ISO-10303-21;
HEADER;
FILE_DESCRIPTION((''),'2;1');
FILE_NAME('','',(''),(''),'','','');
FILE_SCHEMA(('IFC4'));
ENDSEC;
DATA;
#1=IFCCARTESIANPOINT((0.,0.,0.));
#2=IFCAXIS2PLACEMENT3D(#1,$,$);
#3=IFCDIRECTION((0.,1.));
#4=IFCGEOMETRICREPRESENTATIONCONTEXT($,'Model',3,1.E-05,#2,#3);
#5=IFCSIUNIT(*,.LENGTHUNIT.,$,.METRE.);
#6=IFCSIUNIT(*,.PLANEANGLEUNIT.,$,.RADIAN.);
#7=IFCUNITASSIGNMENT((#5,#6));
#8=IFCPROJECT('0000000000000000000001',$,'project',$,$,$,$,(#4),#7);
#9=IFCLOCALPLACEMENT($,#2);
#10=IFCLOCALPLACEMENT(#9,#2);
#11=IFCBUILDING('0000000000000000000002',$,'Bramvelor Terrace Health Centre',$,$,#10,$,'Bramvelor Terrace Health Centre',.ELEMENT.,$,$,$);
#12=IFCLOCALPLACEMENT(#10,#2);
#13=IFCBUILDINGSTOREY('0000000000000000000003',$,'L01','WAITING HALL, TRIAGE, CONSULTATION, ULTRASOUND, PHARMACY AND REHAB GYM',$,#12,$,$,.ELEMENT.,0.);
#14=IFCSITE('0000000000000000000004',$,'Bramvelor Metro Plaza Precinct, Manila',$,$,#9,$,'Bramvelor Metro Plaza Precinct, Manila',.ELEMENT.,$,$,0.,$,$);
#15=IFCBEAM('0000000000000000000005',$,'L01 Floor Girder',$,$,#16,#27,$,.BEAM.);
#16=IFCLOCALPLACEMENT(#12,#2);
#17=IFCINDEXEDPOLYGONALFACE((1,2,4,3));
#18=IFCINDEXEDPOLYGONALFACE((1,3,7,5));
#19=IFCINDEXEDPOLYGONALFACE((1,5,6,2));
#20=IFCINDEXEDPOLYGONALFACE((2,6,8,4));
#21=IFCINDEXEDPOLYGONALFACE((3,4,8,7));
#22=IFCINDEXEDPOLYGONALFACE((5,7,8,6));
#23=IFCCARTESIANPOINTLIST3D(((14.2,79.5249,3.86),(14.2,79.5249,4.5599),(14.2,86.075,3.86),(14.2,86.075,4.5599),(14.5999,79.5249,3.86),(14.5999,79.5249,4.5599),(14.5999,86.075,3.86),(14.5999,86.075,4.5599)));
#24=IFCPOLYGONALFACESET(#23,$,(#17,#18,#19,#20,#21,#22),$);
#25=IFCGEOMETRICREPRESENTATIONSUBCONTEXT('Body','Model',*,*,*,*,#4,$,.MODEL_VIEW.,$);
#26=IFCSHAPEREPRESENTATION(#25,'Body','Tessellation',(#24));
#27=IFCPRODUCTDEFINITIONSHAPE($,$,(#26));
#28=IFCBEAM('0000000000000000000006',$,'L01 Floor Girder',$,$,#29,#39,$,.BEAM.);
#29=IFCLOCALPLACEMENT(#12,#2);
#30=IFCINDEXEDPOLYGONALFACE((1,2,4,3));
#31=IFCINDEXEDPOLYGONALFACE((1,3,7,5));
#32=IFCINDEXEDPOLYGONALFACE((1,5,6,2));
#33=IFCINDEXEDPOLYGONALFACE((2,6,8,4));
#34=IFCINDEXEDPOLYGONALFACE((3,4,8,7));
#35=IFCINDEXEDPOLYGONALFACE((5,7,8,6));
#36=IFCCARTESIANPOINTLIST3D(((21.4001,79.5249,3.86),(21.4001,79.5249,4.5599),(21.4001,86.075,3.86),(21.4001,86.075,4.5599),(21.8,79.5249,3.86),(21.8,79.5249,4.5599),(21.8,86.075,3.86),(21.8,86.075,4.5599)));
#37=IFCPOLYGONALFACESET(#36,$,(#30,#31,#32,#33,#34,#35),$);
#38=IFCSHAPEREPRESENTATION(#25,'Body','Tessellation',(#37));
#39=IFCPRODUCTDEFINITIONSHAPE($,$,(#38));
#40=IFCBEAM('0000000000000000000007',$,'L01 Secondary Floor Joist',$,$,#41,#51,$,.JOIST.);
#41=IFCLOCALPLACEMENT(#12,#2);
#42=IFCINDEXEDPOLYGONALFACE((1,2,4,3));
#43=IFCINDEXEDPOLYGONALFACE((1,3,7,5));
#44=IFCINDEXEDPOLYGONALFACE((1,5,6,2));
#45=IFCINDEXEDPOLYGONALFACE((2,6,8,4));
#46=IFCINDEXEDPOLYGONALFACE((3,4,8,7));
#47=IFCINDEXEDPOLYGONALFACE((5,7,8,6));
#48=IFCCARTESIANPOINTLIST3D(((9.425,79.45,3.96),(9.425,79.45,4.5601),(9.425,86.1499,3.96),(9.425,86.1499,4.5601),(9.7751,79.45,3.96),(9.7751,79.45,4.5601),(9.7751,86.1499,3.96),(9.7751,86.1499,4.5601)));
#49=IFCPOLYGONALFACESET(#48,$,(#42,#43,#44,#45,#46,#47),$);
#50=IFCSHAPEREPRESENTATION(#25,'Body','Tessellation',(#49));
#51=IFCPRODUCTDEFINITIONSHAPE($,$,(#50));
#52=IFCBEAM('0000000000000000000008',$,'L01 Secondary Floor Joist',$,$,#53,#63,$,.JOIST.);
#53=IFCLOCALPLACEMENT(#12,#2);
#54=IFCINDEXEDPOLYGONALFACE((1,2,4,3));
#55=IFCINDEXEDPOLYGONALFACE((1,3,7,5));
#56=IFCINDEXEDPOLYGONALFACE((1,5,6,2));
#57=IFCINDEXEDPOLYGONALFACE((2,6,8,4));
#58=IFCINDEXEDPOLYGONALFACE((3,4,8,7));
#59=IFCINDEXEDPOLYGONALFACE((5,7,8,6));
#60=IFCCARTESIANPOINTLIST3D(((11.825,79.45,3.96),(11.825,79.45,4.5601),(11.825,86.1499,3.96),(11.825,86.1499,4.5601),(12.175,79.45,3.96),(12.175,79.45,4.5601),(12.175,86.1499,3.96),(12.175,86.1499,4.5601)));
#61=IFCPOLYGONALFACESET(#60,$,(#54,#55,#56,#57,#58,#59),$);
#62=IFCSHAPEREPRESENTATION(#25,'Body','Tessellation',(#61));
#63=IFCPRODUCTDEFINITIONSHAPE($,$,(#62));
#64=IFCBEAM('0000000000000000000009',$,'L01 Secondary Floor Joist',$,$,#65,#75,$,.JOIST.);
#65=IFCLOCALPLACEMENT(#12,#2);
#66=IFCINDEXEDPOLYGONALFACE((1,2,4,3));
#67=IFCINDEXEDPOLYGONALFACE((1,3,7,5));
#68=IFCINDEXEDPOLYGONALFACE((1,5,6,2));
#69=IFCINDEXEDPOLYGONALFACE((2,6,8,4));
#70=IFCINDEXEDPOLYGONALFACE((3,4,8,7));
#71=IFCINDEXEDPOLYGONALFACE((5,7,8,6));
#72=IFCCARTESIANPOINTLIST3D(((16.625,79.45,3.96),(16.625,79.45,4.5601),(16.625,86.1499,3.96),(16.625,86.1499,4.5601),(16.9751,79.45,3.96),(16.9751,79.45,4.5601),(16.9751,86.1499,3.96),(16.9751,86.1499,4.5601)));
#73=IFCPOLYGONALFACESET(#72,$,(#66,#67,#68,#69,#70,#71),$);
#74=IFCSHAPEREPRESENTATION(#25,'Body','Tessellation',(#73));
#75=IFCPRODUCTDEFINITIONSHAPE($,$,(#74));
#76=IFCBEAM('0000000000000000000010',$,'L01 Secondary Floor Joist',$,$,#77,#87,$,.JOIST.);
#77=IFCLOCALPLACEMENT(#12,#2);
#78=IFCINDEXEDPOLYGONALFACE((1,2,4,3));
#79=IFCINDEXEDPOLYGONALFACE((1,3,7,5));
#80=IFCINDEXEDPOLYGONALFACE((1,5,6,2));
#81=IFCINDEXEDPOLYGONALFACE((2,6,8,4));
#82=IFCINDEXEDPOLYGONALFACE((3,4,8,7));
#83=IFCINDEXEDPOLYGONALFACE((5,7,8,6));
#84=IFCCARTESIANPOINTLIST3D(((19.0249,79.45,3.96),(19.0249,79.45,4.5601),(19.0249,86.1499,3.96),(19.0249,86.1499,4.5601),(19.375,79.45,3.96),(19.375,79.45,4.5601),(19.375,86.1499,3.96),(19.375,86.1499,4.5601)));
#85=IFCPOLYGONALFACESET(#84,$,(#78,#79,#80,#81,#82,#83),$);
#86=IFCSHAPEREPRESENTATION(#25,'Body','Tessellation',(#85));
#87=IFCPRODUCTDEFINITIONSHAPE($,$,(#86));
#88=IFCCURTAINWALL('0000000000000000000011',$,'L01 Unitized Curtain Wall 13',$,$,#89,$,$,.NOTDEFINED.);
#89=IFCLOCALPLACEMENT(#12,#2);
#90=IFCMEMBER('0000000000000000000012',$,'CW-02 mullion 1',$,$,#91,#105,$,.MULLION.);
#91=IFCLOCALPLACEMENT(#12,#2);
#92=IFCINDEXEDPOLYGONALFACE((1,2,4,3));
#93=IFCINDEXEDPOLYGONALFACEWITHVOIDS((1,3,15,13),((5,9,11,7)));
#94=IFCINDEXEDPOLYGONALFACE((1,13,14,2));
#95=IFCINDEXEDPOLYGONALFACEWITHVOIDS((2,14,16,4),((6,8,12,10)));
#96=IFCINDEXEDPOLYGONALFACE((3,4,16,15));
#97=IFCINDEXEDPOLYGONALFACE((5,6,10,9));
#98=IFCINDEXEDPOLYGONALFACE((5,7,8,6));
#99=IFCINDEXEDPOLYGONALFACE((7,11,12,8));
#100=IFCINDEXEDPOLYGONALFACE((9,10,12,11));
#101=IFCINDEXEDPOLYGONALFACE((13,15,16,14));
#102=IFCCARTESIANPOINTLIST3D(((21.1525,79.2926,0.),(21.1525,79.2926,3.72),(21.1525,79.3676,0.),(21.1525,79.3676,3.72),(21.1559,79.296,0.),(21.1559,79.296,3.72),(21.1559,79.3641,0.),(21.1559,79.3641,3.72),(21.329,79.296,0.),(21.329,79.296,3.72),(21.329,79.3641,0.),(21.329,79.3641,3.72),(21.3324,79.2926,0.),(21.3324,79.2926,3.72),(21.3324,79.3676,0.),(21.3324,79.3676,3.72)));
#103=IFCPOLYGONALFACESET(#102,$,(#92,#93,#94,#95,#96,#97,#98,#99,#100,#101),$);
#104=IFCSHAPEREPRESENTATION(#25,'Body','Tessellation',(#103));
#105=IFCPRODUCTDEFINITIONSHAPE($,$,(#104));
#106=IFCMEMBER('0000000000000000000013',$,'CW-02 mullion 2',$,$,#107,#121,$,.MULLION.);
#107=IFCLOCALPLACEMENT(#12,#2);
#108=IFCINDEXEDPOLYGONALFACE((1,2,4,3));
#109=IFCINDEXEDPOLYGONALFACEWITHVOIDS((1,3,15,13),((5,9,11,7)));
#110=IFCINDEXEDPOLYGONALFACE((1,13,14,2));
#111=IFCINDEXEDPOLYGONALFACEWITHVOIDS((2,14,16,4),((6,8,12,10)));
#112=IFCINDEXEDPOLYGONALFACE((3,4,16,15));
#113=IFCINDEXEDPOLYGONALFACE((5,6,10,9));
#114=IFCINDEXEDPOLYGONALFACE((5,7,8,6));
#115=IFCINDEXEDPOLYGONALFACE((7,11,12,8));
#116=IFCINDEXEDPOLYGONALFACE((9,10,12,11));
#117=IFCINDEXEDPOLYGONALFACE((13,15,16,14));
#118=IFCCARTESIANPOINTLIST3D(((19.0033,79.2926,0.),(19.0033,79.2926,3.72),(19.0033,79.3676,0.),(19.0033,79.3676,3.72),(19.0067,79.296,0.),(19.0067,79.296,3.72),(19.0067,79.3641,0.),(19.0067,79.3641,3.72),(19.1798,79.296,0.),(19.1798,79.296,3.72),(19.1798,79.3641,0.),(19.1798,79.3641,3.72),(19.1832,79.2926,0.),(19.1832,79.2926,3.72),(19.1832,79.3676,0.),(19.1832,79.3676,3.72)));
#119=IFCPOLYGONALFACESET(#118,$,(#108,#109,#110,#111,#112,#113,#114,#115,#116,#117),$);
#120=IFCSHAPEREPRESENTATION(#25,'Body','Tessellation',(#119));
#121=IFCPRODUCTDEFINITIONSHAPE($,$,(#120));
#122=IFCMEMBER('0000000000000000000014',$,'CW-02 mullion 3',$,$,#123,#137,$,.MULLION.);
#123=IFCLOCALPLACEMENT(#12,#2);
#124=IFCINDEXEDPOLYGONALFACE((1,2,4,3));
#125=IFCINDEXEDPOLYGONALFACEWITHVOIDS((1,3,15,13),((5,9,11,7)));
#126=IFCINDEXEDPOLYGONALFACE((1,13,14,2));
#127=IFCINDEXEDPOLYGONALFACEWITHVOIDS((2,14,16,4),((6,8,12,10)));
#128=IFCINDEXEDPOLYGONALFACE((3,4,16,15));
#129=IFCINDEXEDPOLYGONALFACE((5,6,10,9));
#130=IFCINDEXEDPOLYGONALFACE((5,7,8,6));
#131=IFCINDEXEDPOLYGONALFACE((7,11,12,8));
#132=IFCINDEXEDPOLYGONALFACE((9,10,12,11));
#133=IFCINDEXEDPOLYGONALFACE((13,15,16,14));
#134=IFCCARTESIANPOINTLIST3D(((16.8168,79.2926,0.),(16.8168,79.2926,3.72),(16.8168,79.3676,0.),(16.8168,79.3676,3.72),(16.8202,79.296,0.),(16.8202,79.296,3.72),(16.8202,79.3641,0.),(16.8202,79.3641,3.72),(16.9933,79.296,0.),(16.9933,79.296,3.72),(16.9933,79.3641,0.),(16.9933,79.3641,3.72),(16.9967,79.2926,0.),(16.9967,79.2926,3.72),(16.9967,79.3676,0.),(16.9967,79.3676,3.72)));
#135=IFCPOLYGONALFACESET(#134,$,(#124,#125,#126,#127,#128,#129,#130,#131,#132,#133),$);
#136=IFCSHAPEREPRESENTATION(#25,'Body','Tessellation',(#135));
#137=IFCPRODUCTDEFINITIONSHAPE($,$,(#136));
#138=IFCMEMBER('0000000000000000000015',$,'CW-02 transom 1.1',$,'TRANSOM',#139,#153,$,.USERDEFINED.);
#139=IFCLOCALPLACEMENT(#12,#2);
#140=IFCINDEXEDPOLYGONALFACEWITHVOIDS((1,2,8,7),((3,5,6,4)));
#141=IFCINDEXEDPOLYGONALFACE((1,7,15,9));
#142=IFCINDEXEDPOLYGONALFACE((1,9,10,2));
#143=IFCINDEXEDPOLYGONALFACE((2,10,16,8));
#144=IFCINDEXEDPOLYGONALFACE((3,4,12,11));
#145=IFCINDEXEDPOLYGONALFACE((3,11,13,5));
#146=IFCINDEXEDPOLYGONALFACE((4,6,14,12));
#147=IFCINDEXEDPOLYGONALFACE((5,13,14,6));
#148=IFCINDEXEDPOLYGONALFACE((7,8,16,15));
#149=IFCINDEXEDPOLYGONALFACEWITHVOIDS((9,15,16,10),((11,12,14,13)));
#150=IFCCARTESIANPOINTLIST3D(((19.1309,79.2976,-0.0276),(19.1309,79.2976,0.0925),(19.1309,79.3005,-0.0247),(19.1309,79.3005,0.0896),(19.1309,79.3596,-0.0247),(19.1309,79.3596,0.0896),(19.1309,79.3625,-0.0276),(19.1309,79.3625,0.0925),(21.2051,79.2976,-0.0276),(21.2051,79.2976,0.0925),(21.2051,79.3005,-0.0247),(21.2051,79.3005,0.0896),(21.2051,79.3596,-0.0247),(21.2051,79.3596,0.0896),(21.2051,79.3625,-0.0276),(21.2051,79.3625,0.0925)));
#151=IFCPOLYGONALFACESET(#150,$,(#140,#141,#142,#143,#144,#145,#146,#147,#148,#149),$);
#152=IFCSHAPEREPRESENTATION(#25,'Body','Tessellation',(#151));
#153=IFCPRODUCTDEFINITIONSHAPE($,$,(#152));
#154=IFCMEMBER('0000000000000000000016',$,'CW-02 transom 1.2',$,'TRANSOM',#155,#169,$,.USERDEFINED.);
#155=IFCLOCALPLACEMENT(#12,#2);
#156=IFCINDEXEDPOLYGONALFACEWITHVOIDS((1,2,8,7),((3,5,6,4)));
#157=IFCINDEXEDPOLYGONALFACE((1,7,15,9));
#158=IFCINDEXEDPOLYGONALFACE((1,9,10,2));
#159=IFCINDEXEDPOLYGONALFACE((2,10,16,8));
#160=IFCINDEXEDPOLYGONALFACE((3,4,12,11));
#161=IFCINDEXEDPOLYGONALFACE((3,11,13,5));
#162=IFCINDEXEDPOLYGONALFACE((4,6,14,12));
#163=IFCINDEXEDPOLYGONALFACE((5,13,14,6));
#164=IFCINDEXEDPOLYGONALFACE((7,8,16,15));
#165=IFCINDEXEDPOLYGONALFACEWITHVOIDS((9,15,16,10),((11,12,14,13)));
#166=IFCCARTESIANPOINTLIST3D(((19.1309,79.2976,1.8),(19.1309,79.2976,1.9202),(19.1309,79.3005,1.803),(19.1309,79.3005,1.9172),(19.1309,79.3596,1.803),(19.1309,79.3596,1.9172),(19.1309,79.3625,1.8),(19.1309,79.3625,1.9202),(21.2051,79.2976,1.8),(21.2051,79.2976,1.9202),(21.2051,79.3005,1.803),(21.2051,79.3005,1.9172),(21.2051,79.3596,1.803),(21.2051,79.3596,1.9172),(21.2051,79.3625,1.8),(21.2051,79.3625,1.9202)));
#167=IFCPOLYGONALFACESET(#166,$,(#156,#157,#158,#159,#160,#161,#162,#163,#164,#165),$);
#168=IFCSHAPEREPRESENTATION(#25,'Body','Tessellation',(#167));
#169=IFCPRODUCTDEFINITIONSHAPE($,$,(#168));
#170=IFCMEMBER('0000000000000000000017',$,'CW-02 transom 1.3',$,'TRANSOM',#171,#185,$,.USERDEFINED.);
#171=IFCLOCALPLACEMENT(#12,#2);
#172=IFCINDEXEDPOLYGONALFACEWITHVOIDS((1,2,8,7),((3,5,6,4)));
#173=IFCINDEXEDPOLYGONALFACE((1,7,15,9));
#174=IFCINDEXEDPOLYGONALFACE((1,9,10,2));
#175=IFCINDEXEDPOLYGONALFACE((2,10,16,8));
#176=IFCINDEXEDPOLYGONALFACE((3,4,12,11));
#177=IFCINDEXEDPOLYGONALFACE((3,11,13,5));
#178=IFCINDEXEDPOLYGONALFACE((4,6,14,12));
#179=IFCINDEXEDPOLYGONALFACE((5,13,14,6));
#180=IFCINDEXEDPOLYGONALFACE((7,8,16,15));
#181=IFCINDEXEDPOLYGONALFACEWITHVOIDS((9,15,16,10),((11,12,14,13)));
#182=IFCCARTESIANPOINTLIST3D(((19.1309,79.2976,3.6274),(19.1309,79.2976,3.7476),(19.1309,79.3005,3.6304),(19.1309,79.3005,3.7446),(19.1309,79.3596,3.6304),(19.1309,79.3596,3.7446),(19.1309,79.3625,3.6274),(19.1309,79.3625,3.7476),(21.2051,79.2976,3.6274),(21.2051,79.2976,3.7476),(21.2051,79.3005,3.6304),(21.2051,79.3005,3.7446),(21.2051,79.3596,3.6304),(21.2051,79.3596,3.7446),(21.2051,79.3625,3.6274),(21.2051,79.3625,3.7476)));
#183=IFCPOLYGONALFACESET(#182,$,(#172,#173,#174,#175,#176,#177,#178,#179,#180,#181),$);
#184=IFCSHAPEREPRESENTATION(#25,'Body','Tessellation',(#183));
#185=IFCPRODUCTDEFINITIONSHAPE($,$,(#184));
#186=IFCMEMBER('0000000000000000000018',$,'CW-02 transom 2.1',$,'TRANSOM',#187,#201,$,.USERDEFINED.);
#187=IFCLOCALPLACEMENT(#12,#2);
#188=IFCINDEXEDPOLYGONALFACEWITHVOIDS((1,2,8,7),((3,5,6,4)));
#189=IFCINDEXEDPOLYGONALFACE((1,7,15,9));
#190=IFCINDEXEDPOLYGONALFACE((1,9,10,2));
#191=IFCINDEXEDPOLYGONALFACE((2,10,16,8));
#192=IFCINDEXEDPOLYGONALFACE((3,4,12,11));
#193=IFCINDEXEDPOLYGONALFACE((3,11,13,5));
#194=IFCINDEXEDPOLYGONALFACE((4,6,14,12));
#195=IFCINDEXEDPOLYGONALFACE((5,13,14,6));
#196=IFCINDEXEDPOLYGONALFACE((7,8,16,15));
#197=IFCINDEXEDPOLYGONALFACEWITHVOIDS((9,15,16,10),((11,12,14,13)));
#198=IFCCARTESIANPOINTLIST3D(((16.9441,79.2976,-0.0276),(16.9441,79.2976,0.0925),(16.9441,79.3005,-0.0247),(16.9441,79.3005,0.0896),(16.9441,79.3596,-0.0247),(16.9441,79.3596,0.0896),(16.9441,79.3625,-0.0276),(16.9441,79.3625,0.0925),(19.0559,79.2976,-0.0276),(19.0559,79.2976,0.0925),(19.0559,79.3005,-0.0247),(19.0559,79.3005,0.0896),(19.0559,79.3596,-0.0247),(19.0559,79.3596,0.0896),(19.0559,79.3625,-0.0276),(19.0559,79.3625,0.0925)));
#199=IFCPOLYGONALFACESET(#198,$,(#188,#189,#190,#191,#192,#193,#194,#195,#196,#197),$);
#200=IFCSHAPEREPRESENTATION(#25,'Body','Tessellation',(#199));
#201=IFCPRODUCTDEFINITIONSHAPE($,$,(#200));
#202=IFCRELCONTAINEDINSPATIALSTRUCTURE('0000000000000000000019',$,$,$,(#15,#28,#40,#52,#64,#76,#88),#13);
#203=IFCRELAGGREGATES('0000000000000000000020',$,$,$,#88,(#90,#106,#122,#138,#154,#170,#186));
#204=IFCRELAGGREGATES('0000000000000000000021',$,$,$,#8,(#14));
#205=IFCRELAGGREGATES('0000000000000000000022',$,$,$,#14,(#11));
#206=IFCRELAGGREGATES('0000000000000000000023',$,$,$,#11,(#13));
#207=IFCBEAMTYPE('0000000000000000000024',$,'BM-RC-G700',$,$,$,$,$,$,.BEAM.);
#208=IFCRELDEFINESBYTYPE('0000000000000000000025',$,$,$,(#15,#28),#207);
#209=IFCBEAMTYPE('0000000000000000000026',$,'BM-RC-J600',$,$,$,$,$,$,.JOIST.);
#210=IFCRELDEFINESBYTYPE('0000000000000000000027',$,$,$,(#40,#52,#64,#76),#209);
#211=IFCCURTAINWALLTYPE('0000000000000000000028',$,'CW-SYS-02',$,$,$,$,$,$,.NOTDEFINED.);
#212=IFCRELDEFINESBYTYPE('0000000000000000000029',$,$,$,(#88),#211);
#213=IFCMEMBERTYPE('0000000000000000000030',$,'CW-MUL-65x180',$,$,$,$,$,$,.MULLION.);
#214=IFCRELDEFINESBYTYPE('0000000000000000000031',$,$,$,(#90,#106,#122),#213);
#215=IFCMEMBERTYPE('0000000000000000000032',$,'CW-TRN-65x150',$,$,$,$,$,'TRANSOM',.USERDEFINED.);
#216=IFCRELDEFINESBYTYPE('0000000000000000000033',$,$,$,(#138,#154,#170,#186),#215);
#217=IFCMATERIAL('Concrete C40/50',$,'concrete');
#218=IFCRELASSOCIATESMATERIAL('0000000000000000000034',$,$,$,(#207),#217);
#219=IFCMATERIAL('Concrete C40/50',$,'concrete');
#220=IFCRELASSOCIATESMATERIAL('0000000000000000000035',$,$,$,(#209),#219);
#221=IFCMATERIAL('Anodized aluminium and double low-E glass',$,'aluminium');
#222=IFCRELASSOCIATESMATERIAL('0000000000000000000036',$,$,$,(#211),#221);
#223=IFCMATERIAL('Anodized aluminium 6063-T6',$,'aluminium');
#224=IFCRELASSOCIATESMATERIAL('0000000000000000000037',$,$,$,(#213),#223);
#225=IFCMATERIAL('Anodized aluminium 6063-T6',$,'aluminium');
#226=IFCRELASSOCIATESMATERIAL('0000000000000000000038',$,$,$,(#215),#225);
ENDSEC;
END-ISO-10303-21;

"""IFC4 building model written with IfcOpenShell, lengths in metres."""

from ifc_helpers import new_model, si_unit, direction, frame, origin, origin_2d, place, context, subcontext, project, spatial, rectangle, hollow_rectangle, extrude, material, material_profile, profile_set, type_object, element, aggregate, save


model = new_model("IFC4")

# Units and contexts
model_context = context("Model", 3, precision=1e-05, world=origin(), true_north=direction((0.0, 1.0)))
body_context = subcontext(model_context, "Body", "Model", "MODEL_VIEW")
ifc_project = project(units=[si_unit("LENGTHUNIT", "METRE"), si_unit("PLANEANGLEUNIT", "RADIAN")], contexts=[model_context])

# Site, building, storey
site_placement = place(None, origin())
site = spatial("IfcSite", under=ifc_project, at=site_placement, Name="Bramvelor Metro Plaza Precinct, Manila", LongName="Bramvelor Metro Plaza Precinct, Manila", CompositionType="ELEMENT", RefElevation=0.0)
building_placement = place(site_placement, origin())
building = spatial("IfcBuilding", under=site, at=building_placement, Name="Bramvelor Terrace Health Centre", LongName="Bramvelor Terrace Health Centre", CompositionType="ELEMENT")
storey_placement = place(building_placement, origin())
storey = spatial("IfcBuildingStorey", under=building, at=storey_placement, Name="L01", Description="WAITING HALL, TRIAGE, CONSULTATION, ULTRASOUND, PHARMACY AND REHAB GYM", CompositionType="ELEMENT", Elevation=0.0)

# Beams
ifc_material_1 = material(Name="Concrete C40/50", Category="concrete")
ifc_material_profile_1 = material_profile(ifc_material_1, rectangle(XDim=0.3999, YDim=0.7, at=origin_2d()), Name="RC 400x700")
ifc_profile_set_1 = profile_set([ifc_material_profile_1], Name="Concrete C40/50")
beam_type_1 = type_object("IfcBeamType", Name="BM-RC-G700", PredefinedType="BEAM", material=ifc_profile_set_1)
for number, where, z_axis, x_axis, name in (
    (1, (14.3999, 79.5249, 4.21), (0.0, 1.0, 0.0), (-1.0, 0.0, 0.0), "L01 Floor Girder"),
    (2, (21.6001, 79.5249, 4.21), (0.0, 1.0, 0.0), (-1.0, 0.0, 0.0), "L01 Floor Girder"),
):
    element("IfcBeam", number, at=place(storey_placement, frame(where, z_axis=z_axis, x_axis=x_axis)), inside=storey, type_object=beam_type_1, Name=name, PredefinedType="BEAM", context=body_context, shape_type="SweptSolid", body=[
        extrude(rectangle(XDim=0.3999, YDim=0.7, at=origin_2d()), origin(), (0.0, 0.0, 1.0), 6.55),
    ])
ifc_material_2 = material(Name="Concrete C40/50", Category="concrete")
ifc_material_profile_2 = material_profile(ifc_material_2, rectangle(XDim=0.3501, YDim=0.6001, at=origin_2d()), Name="RC 350x600")
ifc_profile_set_2 = profile_set([ifc_material_profile_2], Name="Concrete C40/50")
beam_type_2 = type_object("IfcBeamType", Name="BM-RC-J600", PredefinedType="JOIST", material=ifc_profile_set_2)
for number, where, z_axis, x_axis, name in (
    (3, (9.6001, 79.45, 4.26), (0.0, 1.0, 0.0), (-1.0, 0.0, 0.0), "L01 Secondary Floor Joist"),
    (4, (12.0, 79.45, 4.26), (0.0, 1.0, 0.0), (-1.0, 0.0, 0.0), "L01 Secondary Floor Joist"),
    (5, (16.8, 79.45, 4.26), (0.0, 1.0, 0.0), (-1.0, 0.0, 0.0), "L01 Secondary Floor Joist"),
    (6, (19.2, 79.45, 4.26), (0.0, 1.0, 0.0), (-1.0, 0.0, 0.0), "L01 Secondary Floor Joist"),
):
    element("IfcBeam", number, at=place(storey_placement, frame(where, z_axis=z_axis, x_axis=x_axis)), inside=storey, type_object=beam_type_2, Name=name, PredefinedType="JOIST", context=body_context, shape_type="SweptSolid", body=[
        extrude(rectangle(XDim=0.3501, YDim=0.6001, at=origin_2d()), origin(), (0.0, 0.0, 1.0), 6.7),
    ])

# Curtain wall, members
ifc_material_3 = material(Name="Anodized aluminium and double low-E glass", Category="aluminium")
curtain_wall_type = type_object("IfcCurtainWallType", Name="CW-SYS-02", PredefinedType="NOTDEFINED", material=ifc_material_3)
curtain_wall_placement = place(storey_placement, origin())
curtain_wall = element("IfcCurtainWall", 7, at=curtain_wall_placement, inside=storey, type_object=curtain_wall_type, Name="L01 Unitized Curtain Wall 13", PredefinedType="NOTDEFINED")
ifc_material_4 = material(Name="Anodized aluminium 6063-T6", Category="aluminium")
ifc_material_profile_3 = material_profile(ifc_material_4, hollow_rectangle(XDim=0.075, YDim=0.1799, WallThickness=0.0034, at=origin_2d()), Name="ALU-MUL 75x180x3.5")
ifc_profile_set_3 = profile_set([ifc_material_profile_3], Name="Anodized aluminium 6063-T6")
member_type_1 = type_object("IfcMemberType", Name="CW-MUL-65x180", PredefinedType="MULLION", material=ifc_profile_set_3)
member_1_placement = place(storey_placement, frame((21.2424, 79.3301, 0.0), z_axis=(0.0, 0.0, 1.0), x_axis=(0.0, -1.0, 0.0)))
member_1 = element("IfcMember", 8, at=member_1_placement, type_object=member_type_1, Name="CW-02 mullion 1", PredefinedType="MULLION", context=body_context, shape_type="SweptSolid", body=[
    extrude(hollow_rectangle(XDim=0.075, YDim=0.1799, WallThickness=0.0034, at=origin_2d()), origin(), (0.0, 0.0, 1.0), 3.72),
])
member_2_placement = place(storey_placement, frame((19.0933, 79.3301, 0.0), z_axis=(0.0, 0.0, 1.0), x_axis=(0.0, -1.0, 0.0)))
member_2 = element("IfcMember", 9, at=member_2_placement, type_object=member_type_1, Name="CW-02 mullion 2", PredefinedType="MULLION", context=body_context, shape_type="SweptSolid", body=[
    extrude(hollow_rectangle(XDim=0.075, YDim=0.1799, WallThickness=0.0034, at=origin_2d()), origin(), (0.0, 0.0, 1.0), 3.72),
])
member_3_placement = place(storey_placement, frame((16.9067, 79.3301, 0.0), z_axis=(0.0, 0.0, 1.0), x_axis=(0.0, -1.0, 0.0)))
member_3 = element("IfcMember", 10, at=member_3_placement, type_object=member_type_1, Name="CW-02 mullion 3", PredefinedType="MULLION", context=body_context, shape_type="SweptSolid", body=[
    extrude(hollow_rectangle(XDim=0.075, YDim=0.1799, WallThickness=0.0034, at=origin_2d()), origin(), (0.0, 0.0, 1.0), 3.72),
])
ifc_material_5 = material(Name="Anodized aluminium 6063-T6", Category="aluminium")
ifc_material_profile_4 = material_profile(ifc_material_5, hollow_rectangle(XDim=0.0649, YDim=0.1201, WallThickness=0.0029, at=origin_2d()), Name="ALU-TRN 65x120x3.0")
ifc_profile_set_4 = profile_set([ifc_material_profile_4], Name="Anodized aluminium 6063-T6")
member_type_2 = type_object("IfcMemberType", Name="CW-TRN-65x150", ElementType="TRANSOM", PredefinedType="USERDEFINED", material=ifc_profile_set_4)
member_4_placement = place(storey_placement, frame((21.2051, 79.3301, 0.0325), z_axis=(-1.0, 0.0, 0.0), x_axis=(0.0, -1.0, 0.0)))
member_4 = element("IfcMember", 11, at=member_4_placement, type_object=member_type_2, Name="CW-02 transom 1.1", ObjectType="TRANSOM", PredefinedType="USERDEFINED", context=body_context, shape_type="SweptSolid", body=[
    extrude(hollow_rectangle(XDim=0.0649, YDim=0.1201, WallThickness=0.0029, at=origin_2d()), origin(), (0.0, 0.0, 1.0), 2.0742),
])
member_5_placement = place(storey_placement, frame((21.2051, 79.3301, 1.8601), z_axis=(-1.0, 0.0, 0.0), x_axis=(0.0, -1.0, 0.0)))
member_5 = element("IfcMember", 12, at=member_5_placement, type_object=member_type_2, Name="CW-02 transom 1.2", ObjectType="TRANSOM", PredefinedType="USERDEFINED", context=body_context, shape_type="SweptSolid", body=[
    extrude(hollow_rectangle(XDim=0.0649, YDim=0.1201, WallThickness=0.0029, at=origin_2d()), origin(), (0.0, 0.0, 1.0), 2.0742),
])
member_6_placement = place(storey_placement, frame((21.2051, 79.3301, 3.6875), z_axis=(-1.0, 0.0, 0.0), x_axis=(0.0, -1.0, 0.0)))
member_6 = element("IfcMember", 13, at=member_6_placement, type_object=member_type_2, Name="CW-02 transom 1.3", ObjectType="TRANSOM", PredefinedType="USERDEFINED", context=body_context, shape_type="SweptSolid", body=[
    extrude(hollow_rectangle(XDim=0.0649, YDim=0.1201, WallThickness=0.0029, at=origin_2d()), origin(), (0.0, 0.0, 1.0), 2.0742),
])
member_7_placement = place(storey_placement, frame((19.0559, 79.3301, 0.0325), z_axis=(-1.0, 0.0, 0.0), x_axis=(0.0, -1.0, 0.0)))
member_7 = element("IfcMember", 14, at=member_7_placement, type_object=member_type_2, Name="CW-02 transom 2.1", ObjectType="TRANSOM", PredefinedType="USERDEFINED", context=body_context, shape_type="SweptSolid", body=[
    extrude(hollow_rectangle(XDim=0.0649, YDim=0.1201, WallThickness=0.0029, at=origin_2d()), origin(), (0.0, 0.0, 1.0), 2.1118),
])
aggregate(curtain_wall, [member_1, member_2, member_3, member_4, member_5, member_6, member_7])

save(model, "model.ifc")
